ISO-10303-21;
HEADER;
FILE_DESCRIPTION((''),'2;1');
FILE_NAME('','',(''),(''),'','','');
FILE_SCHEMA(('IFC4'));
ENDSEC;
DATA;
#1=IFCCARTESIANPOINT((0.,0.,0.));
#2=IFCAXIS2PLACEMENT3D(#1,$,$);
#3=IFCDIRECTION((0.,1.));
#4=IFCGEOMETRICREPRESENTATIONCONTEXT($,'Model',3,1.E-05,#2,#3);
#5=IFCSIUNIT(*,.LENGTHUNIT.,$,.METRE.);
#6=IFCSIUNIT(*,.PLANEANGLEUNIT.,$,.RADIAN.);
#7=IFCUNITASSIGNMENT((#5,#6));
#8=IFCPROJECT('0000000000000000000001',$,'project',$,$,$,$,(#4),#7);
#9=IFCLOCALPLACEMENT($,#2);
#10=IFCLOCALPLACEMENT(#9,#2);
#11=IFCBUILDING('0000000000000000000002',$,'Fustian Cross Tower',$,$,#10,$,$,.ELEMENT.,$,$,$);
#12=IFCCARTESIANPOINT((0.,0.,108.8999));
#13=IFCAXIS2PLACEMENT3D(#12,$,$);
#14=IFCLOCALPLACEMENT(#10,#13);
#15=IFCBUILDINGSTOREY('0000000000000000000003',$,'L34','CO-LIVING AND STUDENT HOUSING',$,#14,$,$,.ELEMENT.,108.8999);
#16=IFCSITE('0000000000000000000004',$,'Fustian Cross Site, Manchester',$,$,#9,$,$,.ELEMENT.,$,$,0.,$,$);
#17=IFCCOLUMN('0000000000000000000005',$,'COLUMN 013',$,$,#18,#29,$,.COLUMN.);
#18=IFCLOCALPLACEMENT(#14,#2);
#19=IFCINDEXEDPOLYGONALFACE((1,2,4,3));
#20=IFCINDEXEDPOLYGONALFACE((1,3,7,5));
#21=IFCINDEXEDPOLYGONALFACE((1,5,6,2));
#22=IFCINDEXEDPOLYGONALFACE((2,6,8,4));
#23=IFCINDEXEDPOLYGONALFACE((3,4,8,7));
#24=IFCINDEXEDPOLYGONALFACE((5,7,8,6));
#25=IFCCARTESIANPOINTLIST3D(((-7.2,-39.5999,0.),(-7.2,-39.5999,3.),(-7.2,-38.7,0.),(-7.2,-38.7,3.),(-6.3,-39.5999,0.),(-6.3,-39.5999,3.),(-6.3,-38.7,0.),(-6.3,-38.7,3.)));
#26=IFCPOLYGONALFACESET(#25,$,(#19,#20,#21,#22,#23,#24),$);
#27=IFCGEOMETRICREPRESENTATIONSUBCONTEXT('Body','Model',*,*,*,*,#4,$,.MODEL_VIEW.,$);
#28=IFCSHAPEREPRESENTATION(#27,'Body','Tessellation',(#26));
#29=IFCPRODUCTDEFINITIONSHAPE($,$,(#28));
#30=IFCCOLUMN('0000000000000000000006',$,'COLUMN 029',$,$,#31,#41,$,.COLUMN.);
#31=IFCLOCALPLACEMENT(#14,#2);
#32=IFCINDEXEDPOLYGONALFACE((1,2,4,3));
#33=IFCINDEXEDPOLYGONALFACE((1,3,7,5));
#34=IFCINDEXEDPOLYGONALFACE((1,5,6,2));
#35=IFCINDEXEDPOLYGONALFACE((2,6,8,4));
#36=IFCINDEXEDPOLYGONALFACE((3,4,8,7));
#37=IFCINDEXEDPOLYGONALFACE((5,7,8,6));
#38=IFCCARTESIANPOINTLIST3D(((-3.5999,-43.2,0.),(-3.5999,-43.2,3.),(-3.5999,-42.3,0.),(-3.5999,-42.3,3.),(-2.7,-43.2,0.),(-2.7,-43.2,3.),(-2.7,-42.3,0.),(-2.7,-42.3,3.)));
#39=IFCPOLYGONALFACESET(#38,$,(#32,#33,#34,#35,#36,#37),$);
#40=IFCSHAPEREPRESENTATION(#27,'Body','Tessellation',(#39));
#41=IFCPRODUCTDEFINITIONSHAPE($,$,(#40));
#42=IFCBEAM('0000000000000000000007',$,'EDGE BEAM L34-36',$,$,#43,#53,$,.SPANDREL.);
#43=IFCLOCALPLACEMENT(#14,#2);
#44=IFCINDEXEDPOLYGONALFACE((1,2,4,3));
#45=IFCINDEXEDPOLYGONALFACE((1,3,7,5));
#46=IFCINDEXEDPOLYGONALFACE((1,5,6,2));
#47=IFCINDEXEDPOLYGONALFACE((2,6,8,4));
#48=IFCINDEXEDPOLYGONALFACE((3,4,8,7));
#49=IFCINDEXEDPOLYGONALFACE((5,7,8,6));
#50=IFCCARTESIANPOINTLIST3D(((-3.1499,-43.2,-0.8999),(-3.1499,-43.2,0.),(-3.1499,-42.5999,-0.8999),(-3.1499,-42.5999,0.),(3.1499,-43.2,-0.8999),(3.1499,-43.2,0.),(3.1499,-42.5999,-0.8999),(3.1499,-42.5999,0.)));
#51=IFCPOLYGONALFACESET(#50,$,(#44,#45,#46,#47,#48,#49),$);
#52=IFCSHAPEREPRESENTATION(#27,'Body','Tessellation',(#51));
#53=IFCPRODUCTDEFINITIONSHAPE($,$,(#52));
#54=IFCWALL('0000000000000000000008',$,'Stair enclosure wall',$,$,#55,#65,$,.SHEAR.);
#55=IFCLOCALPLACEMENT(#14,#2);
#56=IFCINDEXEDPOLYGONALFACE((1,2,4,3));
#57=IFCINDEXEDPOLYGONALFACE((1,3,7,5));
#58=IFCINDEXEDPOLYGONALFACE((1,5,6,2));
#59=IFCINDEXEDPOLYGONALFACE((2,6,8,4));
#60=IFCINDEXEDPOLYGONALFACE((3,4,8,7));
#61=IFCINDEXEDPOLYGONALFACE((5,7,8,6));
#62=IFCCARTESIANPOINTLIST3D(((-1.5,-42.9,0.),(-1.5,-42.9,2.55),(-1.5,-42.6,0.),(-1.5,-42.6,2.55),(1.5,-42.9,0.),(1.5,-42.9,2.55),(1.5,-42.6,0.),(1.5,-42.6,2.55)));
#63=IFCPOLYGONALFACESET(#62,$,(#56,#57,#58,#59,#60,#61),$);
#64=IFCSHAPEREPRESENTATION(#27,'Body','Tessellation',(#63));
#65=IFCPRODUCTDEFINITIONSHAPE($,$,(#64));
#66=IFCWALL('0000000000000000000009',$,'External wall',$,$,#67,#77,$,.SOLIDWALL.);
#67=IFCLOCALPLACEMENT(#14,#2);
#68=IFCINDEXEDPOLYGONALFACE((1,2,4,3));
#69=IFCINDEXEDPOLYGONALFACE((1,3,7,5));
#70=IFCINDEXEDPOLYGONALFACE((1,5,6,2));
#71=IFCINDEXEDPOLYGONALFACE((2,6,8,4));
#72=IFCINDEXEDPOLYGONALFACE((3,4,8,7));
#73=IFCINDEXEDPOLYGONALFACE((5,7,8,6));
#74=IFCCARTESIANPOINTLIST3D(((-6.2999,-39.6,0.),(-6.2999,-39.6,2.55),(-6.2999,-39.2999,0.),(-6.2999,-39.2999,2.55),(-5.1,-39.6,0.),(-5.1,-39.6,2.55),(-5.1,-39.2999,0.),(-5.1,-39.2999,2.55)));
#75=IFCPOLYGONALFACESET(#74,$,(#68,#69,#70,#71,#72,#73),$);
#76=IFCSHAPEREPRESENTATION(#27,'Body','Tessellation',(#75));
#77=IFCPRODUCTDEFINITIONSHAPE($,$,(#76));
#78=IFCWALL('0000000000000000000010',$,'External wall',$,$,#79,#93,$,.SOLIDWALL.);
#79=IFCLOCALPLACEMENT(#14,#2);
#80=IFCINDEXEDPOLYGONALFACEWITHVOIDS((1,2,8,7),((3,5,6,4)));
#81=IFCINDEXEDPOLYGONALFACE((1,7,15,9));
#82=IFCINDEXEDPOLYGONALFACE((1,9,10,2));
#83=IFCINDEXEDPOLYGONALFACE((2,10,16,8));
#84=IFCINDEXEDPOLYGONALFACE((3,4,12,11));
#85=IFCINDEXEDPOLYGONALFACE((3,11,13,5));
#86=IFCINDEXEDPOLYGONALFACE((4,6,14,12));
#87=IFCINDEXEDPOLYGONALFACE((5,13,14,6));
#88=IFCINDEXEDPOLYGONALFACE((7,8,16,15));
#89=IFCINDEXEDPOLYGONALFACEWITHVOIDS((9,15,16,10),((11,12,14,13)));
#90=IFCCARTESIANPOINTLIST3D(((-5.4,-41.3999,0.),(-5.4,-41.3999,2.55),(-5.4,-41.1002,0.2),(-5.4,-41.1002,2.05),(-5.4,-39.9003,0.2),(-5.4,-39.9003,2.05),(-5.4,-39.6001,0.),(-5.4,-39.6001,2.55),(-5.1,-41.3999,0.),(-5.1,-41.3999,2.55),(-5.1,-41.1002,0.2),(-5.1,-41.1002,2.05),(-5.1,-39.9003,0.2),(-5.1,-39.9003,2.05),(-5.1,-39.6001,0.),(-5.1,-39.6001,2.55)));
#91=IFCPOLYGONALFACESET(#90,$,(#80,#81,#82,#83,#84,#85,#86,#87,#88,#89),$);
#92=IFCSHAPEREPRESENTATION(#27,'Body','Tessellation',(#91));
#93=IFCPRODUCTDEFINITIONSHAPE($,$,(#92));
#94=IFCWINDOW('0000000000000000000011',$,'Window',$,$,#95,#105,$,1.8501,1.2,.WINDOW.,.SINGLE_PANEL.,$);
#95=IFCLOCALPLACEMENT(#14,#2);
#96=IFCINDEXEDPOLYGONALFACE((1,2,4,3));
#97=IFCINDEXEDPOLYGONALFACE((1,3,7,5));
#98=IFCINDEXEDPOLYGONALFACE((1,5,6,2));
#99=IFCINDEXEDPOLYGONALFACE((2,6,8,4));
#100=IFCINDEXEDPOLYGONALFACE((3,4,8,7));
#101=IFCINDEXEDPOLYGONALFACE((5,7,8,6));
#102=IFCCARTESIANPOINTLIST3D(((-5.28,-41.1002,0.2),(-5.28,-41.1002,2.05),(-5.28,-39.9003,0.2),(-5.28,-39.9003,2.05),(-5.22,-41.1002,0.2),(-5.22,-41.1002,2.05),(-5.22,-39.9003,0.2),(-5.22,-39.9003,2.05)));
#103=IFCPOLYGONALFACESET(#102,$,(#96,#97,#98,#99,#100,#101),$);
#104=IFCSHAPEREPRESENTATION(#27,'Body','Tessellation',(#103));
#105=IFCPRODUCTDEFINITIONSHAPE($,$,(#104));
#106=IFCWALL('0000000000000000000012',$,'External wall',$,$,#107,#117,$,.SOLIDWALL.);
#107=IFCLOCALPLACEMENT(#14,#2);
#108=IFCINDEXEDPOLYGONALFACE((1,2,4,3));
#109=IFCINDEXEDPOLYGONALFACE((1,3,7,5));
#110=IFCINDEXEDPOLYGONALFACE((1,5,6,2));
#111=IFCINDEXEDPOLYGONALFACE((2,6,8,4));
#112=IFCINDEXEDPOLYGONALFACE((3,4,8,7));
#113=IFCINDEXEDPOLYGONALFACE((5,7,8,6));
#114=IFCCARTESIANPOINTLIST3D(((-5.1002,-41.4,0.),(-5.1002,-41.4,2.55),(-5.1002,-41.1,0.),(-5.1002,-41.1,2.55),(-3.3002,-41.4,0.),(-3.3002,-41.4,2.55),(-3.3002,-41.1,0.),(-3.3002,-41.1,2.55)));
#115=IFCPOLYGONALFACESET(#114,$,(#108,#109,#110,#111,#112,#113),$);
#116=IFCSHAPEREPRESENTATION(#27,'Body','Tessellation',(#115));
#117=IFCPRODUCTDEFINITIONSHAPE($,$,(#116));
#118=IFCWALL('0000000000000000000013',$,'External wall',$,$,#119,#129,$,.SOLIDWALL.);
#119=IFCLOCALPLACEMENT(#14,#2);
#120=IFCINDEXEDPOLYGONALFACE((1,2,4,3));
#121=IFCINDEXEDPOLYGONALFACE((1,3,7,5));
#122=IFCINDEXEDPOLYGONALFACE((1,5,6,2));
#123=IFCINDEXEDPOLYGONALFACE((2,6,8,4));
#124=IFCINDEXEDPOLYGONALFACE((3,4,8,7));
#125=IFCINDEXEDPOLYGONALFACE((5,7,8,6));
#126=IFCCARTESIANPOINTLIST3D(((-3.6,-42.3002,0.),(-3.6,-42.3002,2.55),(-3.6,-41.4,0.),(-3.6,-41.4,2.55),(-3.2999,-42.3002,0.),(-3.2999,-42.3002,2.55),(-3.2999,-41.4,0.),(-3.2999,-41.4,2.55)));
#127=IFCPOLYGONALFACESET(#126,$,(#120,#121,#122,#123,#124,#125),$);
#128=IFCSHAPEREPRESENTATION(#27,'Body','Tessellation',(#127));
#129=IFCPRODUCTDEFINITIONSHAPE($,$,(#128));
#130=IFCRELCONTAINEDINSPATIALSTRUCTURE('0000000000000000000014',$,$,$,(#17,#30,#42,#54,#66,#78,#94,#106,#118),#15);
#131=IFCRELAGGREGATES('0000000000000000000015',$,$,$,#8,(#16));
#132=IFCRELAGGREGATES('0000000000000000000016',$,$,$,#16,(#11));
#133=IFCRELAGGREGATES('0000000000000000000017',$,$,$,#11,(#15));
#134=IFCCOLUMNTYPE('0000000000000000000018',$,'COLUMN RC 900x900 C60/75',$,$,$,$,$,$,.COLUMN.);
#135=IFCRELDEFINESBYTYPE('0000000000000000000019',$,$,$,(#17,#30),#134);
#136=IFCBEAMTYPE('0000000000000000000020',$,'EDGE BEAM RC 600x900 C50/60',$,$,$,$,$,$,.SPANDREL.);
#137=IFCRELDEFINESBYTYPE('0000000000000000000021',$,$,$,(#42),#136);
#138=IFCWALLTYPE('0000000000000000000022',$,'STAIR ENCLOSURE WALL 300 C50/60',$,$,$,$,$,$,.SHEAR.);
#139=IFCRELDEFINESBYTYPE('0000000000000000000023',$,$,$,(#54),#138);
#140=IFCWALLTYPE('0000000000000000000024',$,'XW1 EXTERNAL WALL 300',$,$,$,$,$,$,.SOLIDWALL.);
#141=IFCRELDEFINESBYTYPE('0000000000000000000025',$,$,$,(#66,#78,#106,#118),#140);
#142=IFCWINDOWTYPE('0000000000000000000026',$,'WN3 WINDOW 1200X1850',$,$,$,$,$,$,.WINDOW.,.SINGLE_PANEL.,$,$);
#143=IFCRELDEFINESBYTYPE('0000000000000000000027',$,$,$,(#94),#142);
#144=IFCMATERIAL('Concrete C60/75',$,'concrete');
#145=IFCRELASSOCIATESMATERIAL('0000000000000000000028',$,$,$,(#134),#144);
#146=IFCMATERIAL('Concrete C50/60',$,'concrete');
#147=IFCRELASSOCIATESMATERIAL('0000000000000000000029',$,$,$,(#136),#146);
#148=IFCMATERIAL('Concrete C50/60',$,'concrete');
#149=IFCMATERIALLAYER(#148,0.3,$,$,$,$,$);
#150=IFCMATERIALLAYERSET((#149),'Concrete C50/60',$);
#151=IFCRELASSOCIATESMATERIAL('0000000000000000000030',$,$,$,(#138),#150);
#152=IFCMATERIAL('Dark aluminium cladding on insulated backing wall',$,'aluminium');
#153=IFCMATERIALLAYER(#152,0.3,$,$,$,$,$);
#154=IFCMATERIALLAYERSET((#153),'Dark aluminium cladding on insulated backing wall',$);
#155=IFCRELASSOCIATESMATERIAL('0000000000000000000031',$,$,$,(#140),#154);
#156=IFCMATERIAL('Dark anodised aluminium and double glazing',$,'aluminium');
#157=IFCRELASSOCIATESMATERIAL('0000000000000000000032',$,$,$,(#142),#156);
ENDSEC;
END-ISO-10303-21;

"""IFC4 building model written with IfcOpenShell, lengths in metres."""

from ifc_helpers import new_model, si_unit, direction, frame, frame_2d, origin, origin_2d, place, context, subcontext, project, spatial, rectangle, extrude, material, layer, layer_set, material_profile, profile_set, type_object, element, fill, save


model = new_model("IFC4")

# Units and contexts
model_context = context("Model", 3, precision=1e-05, world=origin(), true_north=direction((0.0, 1.0)))
body_context = subcontext(model_context, "Body", "Model", "MODEL_VIEW")
ifc_project = project(units=[si_unit("LENGTHUNIT", "METRE"), si_unit("PLANEANGLEUNIT", "RADIAN")], contexts=[model_context])

# Site, building, storey
site_placement = place(None, origin())
site = spatial("IfcSite", under=ifc_project, at=site_placement, Name="Fustian Cross Site, Manchester", CompositionType="ELEMENT", RefElevation=0.0)
building_placement = place(site_placement, origin())
building = spatial("IfcBuilding", under=site, at=building_placement, Name="Fustian Cross Tower", CompositionType="ELEMENT")
storey_placement = place(building_placement, frame((0.0, 0.0, 108.8999)))
storey = spatial("IfcBuildingStorey", under=building, at=storey_placement, Name="L34", Description="CO-LIVING AND STUDENT HOUSING", CompositionType="ELEMENT", Elevation=108.8999)

# Columns
ifc_material_1 = material(Name="Concrete C60/75", Category="concrete")
ifc_material_profile_1 = material_profile(ifc_material_1, rectangle(XDim=0.8999, YDim=0.8999, at=origin_2d()), Name="RC 900x900")
ifc_profile_set_1 = profile_set([ifc_material_profile_1], Name="Concrete C60/75")
column_type = type_object("IfcColumnType", Name="COLUMN RC 900x900 C60/75", PredefinedType="COLUMN", material=ifc_profile_set_1)
for number, where, z_axis, x_axis, name in (
    (1, (-6.75, -39.1499, 0.0), (0.0, 0.0, 1.0), (1.0, 0.0, 0.0), "COLUMN 013"),
    (2, (-3.1499, -42.75, 0.0), (0.0, 0.0, 1.0), (1.0, 0.0, 0.0), "COLUMN 029"),
):
    element("IfcColumn", number, at=place(storey_placement, frame(where, z_axis=z_axis, x_axis=x_axis)), inside=storey, type_object=column_type, Name=name, PredefinedType="COLUMN", context=body_context, shape_type="SweptSolid", body=[
        extrude(rectangle(XDim=0.8999, YDim=0.8999, at=origin_2d()), origin(), (0.0, 0.0, 1.0), 3.0),
    ])

# Beam
ifc_material_2 = material(Name="Concrete C50/60", Category="concrete")
ifc_material_profile_2 = material_profile(ifc_material_2, rectangle(XDim=0.6001, YDim=0.8999, at=origin_2d()), Name="RC 600x900")
ifc_profile_set_2 = profile_set([ifc_material_profile_2], Name="Concrete C50/60")
beam_type = type_object("IfcBeamType", Name="EDGE BEAM RC 600x900 C50/60", PredefinedType="SPANDREL", material=ifc_profile_set_2)
beam_placement = place(storey_placement, frame((-3.1499, -42.8999, -0.45), z_axis=(1.0, 0.0, 0.0), x_axis=(0.0, 1.0, 0.0)))
element("IfcBeam", 3, at=beam_placement, inside=storey, type_object=beam_type, Name="EDGE BEAM L34-36", PredefinedType="SPANDREL", context=body_context, shape_type="SweptSolid", body=[
    extrude(rectangle(XDim=0.6001, YDim=0.8999, at=origin_2d()), origin(), (0.0, 0.0, 1.0), 6.2998),
])

# Walls
ifc_material_3 = material(Name="Concrete C50/60", Category="concrete")
ifc_layer_1 = layer(ifc_material_3, 0.3)
ifc_layer_set_1 = layer_set([ifc_layer_1], Name="Concrete C50/60")
wall_type_1 = type_object("IfcWallType", Name="STAIR ENCLOSURE WALL 300 C50/60", PredefinedType="SHEAR", material=ifc_layer_set_1)
wall_1_placement = place(storey_placement, frame((-1.5, -42.75, 0.0), z_axis=(0.0, 0.0, 1.0), x_axis=(1.0, 0.0, 0.0)))
element("IfcWall", 4, at=wall_1_placement, inside=storey, type_object=wall_type_1, Name="Stair enclosure wall", PredefinedType="SHEAR", context=body_context, shape_type="SweptSolid", body=[
    extrude(rectangle(XDim=3.0, YDim=0.3, at=frame_2d((1.5, 0.0))), origin(), (0.0, 0.0, 1.0), 2.55),
])
ifc_material_4 = material(Name="Dark aluminium cladding on insulated backing wall", Category="aluminium")
ifc_layer_2 = layer(ifc_material_4, 0.3)
ifc_layer_set_2 = layer_set([ifc_layer_2], Name="Dark aluminium cladding on insulated backing wall")
wall_type_2 = type_object("IfcWallType", Name="XW1 EXTERNAL WALL 300", PredefinedType="SOLIDWALL", material=ifc_layer_set_2)
wall_2_placement = place(storey_placement, frame((-6.3, -39.45, 0.0), z_axis=(0.0, 0.0, 1.0), x_axis=(1.0, 0.0, 0.0)))
element("IfcWall", 5, at=wall_2_placement, inside=storey, type_object=wall_type_2, Name="External wall", PredefinedType="SOLIDWALL", context=body_context, shape_type="SweptSolid", body=[
    extrude(rectangle(XDim=1.2, YDim=0.3, at=frame_2d((0.6001, 0.0))), origin(), (0.0, 0.0, 1.0), 2.55),
])

# Wall, opening, window
wall_3_placement = place(storey_placement, frame((-5.25, -39.6001, 0.0), z_axis=(0.0, 0.0, 1.0), x_axis=(0.0, -1.0, 0.0)))
wall_3 = element("IfcWall", 6, at=wall_3_placement, inside=storey, type_object=wall_type_2, Name="External wall", PredefinedType="SOLIDWALL", context=body_context, shape_type="SweptSolid", body=[
    extrude(rectangle(XDim=1.7998, YDim=0.3, at=frame_2d((0.8999, 0.0))), origin(), (0.0, 0.0, 1.0), 2.55),
])
opening_1_placement = place(wall_3_placement, frame((0.3, 0.0, 0.2)))
opening_1 = element("IfcOpeningElement", 7, at=opening_1_placement, cuts=wall_3, PredefinedType="OPENING", context=body_context, shape_type="SweptSolid", body=[
    extrude(rectangle(XDim=1.2, YDim=1.8501, at=frame_2d((0.6001, 0.925))), frame((0.0, 0.1599, 0.0), z_axis=(0.0, -1.0, 0.0), x_axis=(1.0, 0.0, 0.0)), (0.0, 0.0, 1.0), 0.3201),
])
ifc_material_5 = material(Name="Dark anodised aluminium and double glazing", Category="aluminium")
window_type_1 = type_object("IfcWindowType", Name="WN3 WINDOW 1200X1850", PartitioningType="SINGLE_PANEL", PredefinedType="WINDOW", material=ifc_material_5)
window_1_placement = place(opening_1_placement, origin())
window_1 = element("IfcWindow", 8, at=window_1_placement, inside=storey, type_object=window_type_1, Name="Window", OverallHeight=1.8501, OverallWidth=1.2, PartitioningType="SINGLE_PANEL", PredefinedType="WINDOW", context=body_context, shape_type="SweptSolid", body=[
    extrude(rectangle(XDim=1.2, YDim=1.8501, at=frame_2d((0.6001, 0.925))), frame((0.0, 0.03, 0.0), z_axis=(0.0, -1.0, 0.0), x_axis=(1.0, 0.0, 0.0)), (0.0, 0.0, 1.0), 0.0601),
])
fill(opening_1, window_1)

# Walls
wall_4_placement = place(storey_placement, frame((-5.1001, -41.25, 0.0), z_axis=(0.0, 0.0, 1.0), x_axis=(1.0, 0.0, 0.0)))
element("IfcWall", 9, at=wall_4_placement, inside=storey, type_object=wall_type_2, Name="External wall", PredefinedType="SOLIDWALL", context=body_context, shape_type="SweptSolid", body=[
    extrude(rectangle(XDim=1.8, YDim=0.3, at=frame_2d((0.8999, 0.0))), origin(), (0.0, 0.0, 1.0), 2.55),
])
wall_5_placement = place(storey_placement, frame((-3.45, -41.3999, 0.0), z_axis=(0.0, 0.0, 1.0), x_axis=(0.0, -1.0, 0.0)))
element("IfcWall", 10, at=wall_5_placement, inside=storey, type_object=wall_type_2, Name="External wall", PredefinedType="SOLIDWALL", context=body_context, shape_type="SweptSolid", body=[
    extrude(rectangle(XDim=0.9001, YDim=0.3, at=frame_2d((0.4502, 0.0))), origin(), (0.0, 0.0, 1.0), 2.55),
])

save(model, "model.ifc")
